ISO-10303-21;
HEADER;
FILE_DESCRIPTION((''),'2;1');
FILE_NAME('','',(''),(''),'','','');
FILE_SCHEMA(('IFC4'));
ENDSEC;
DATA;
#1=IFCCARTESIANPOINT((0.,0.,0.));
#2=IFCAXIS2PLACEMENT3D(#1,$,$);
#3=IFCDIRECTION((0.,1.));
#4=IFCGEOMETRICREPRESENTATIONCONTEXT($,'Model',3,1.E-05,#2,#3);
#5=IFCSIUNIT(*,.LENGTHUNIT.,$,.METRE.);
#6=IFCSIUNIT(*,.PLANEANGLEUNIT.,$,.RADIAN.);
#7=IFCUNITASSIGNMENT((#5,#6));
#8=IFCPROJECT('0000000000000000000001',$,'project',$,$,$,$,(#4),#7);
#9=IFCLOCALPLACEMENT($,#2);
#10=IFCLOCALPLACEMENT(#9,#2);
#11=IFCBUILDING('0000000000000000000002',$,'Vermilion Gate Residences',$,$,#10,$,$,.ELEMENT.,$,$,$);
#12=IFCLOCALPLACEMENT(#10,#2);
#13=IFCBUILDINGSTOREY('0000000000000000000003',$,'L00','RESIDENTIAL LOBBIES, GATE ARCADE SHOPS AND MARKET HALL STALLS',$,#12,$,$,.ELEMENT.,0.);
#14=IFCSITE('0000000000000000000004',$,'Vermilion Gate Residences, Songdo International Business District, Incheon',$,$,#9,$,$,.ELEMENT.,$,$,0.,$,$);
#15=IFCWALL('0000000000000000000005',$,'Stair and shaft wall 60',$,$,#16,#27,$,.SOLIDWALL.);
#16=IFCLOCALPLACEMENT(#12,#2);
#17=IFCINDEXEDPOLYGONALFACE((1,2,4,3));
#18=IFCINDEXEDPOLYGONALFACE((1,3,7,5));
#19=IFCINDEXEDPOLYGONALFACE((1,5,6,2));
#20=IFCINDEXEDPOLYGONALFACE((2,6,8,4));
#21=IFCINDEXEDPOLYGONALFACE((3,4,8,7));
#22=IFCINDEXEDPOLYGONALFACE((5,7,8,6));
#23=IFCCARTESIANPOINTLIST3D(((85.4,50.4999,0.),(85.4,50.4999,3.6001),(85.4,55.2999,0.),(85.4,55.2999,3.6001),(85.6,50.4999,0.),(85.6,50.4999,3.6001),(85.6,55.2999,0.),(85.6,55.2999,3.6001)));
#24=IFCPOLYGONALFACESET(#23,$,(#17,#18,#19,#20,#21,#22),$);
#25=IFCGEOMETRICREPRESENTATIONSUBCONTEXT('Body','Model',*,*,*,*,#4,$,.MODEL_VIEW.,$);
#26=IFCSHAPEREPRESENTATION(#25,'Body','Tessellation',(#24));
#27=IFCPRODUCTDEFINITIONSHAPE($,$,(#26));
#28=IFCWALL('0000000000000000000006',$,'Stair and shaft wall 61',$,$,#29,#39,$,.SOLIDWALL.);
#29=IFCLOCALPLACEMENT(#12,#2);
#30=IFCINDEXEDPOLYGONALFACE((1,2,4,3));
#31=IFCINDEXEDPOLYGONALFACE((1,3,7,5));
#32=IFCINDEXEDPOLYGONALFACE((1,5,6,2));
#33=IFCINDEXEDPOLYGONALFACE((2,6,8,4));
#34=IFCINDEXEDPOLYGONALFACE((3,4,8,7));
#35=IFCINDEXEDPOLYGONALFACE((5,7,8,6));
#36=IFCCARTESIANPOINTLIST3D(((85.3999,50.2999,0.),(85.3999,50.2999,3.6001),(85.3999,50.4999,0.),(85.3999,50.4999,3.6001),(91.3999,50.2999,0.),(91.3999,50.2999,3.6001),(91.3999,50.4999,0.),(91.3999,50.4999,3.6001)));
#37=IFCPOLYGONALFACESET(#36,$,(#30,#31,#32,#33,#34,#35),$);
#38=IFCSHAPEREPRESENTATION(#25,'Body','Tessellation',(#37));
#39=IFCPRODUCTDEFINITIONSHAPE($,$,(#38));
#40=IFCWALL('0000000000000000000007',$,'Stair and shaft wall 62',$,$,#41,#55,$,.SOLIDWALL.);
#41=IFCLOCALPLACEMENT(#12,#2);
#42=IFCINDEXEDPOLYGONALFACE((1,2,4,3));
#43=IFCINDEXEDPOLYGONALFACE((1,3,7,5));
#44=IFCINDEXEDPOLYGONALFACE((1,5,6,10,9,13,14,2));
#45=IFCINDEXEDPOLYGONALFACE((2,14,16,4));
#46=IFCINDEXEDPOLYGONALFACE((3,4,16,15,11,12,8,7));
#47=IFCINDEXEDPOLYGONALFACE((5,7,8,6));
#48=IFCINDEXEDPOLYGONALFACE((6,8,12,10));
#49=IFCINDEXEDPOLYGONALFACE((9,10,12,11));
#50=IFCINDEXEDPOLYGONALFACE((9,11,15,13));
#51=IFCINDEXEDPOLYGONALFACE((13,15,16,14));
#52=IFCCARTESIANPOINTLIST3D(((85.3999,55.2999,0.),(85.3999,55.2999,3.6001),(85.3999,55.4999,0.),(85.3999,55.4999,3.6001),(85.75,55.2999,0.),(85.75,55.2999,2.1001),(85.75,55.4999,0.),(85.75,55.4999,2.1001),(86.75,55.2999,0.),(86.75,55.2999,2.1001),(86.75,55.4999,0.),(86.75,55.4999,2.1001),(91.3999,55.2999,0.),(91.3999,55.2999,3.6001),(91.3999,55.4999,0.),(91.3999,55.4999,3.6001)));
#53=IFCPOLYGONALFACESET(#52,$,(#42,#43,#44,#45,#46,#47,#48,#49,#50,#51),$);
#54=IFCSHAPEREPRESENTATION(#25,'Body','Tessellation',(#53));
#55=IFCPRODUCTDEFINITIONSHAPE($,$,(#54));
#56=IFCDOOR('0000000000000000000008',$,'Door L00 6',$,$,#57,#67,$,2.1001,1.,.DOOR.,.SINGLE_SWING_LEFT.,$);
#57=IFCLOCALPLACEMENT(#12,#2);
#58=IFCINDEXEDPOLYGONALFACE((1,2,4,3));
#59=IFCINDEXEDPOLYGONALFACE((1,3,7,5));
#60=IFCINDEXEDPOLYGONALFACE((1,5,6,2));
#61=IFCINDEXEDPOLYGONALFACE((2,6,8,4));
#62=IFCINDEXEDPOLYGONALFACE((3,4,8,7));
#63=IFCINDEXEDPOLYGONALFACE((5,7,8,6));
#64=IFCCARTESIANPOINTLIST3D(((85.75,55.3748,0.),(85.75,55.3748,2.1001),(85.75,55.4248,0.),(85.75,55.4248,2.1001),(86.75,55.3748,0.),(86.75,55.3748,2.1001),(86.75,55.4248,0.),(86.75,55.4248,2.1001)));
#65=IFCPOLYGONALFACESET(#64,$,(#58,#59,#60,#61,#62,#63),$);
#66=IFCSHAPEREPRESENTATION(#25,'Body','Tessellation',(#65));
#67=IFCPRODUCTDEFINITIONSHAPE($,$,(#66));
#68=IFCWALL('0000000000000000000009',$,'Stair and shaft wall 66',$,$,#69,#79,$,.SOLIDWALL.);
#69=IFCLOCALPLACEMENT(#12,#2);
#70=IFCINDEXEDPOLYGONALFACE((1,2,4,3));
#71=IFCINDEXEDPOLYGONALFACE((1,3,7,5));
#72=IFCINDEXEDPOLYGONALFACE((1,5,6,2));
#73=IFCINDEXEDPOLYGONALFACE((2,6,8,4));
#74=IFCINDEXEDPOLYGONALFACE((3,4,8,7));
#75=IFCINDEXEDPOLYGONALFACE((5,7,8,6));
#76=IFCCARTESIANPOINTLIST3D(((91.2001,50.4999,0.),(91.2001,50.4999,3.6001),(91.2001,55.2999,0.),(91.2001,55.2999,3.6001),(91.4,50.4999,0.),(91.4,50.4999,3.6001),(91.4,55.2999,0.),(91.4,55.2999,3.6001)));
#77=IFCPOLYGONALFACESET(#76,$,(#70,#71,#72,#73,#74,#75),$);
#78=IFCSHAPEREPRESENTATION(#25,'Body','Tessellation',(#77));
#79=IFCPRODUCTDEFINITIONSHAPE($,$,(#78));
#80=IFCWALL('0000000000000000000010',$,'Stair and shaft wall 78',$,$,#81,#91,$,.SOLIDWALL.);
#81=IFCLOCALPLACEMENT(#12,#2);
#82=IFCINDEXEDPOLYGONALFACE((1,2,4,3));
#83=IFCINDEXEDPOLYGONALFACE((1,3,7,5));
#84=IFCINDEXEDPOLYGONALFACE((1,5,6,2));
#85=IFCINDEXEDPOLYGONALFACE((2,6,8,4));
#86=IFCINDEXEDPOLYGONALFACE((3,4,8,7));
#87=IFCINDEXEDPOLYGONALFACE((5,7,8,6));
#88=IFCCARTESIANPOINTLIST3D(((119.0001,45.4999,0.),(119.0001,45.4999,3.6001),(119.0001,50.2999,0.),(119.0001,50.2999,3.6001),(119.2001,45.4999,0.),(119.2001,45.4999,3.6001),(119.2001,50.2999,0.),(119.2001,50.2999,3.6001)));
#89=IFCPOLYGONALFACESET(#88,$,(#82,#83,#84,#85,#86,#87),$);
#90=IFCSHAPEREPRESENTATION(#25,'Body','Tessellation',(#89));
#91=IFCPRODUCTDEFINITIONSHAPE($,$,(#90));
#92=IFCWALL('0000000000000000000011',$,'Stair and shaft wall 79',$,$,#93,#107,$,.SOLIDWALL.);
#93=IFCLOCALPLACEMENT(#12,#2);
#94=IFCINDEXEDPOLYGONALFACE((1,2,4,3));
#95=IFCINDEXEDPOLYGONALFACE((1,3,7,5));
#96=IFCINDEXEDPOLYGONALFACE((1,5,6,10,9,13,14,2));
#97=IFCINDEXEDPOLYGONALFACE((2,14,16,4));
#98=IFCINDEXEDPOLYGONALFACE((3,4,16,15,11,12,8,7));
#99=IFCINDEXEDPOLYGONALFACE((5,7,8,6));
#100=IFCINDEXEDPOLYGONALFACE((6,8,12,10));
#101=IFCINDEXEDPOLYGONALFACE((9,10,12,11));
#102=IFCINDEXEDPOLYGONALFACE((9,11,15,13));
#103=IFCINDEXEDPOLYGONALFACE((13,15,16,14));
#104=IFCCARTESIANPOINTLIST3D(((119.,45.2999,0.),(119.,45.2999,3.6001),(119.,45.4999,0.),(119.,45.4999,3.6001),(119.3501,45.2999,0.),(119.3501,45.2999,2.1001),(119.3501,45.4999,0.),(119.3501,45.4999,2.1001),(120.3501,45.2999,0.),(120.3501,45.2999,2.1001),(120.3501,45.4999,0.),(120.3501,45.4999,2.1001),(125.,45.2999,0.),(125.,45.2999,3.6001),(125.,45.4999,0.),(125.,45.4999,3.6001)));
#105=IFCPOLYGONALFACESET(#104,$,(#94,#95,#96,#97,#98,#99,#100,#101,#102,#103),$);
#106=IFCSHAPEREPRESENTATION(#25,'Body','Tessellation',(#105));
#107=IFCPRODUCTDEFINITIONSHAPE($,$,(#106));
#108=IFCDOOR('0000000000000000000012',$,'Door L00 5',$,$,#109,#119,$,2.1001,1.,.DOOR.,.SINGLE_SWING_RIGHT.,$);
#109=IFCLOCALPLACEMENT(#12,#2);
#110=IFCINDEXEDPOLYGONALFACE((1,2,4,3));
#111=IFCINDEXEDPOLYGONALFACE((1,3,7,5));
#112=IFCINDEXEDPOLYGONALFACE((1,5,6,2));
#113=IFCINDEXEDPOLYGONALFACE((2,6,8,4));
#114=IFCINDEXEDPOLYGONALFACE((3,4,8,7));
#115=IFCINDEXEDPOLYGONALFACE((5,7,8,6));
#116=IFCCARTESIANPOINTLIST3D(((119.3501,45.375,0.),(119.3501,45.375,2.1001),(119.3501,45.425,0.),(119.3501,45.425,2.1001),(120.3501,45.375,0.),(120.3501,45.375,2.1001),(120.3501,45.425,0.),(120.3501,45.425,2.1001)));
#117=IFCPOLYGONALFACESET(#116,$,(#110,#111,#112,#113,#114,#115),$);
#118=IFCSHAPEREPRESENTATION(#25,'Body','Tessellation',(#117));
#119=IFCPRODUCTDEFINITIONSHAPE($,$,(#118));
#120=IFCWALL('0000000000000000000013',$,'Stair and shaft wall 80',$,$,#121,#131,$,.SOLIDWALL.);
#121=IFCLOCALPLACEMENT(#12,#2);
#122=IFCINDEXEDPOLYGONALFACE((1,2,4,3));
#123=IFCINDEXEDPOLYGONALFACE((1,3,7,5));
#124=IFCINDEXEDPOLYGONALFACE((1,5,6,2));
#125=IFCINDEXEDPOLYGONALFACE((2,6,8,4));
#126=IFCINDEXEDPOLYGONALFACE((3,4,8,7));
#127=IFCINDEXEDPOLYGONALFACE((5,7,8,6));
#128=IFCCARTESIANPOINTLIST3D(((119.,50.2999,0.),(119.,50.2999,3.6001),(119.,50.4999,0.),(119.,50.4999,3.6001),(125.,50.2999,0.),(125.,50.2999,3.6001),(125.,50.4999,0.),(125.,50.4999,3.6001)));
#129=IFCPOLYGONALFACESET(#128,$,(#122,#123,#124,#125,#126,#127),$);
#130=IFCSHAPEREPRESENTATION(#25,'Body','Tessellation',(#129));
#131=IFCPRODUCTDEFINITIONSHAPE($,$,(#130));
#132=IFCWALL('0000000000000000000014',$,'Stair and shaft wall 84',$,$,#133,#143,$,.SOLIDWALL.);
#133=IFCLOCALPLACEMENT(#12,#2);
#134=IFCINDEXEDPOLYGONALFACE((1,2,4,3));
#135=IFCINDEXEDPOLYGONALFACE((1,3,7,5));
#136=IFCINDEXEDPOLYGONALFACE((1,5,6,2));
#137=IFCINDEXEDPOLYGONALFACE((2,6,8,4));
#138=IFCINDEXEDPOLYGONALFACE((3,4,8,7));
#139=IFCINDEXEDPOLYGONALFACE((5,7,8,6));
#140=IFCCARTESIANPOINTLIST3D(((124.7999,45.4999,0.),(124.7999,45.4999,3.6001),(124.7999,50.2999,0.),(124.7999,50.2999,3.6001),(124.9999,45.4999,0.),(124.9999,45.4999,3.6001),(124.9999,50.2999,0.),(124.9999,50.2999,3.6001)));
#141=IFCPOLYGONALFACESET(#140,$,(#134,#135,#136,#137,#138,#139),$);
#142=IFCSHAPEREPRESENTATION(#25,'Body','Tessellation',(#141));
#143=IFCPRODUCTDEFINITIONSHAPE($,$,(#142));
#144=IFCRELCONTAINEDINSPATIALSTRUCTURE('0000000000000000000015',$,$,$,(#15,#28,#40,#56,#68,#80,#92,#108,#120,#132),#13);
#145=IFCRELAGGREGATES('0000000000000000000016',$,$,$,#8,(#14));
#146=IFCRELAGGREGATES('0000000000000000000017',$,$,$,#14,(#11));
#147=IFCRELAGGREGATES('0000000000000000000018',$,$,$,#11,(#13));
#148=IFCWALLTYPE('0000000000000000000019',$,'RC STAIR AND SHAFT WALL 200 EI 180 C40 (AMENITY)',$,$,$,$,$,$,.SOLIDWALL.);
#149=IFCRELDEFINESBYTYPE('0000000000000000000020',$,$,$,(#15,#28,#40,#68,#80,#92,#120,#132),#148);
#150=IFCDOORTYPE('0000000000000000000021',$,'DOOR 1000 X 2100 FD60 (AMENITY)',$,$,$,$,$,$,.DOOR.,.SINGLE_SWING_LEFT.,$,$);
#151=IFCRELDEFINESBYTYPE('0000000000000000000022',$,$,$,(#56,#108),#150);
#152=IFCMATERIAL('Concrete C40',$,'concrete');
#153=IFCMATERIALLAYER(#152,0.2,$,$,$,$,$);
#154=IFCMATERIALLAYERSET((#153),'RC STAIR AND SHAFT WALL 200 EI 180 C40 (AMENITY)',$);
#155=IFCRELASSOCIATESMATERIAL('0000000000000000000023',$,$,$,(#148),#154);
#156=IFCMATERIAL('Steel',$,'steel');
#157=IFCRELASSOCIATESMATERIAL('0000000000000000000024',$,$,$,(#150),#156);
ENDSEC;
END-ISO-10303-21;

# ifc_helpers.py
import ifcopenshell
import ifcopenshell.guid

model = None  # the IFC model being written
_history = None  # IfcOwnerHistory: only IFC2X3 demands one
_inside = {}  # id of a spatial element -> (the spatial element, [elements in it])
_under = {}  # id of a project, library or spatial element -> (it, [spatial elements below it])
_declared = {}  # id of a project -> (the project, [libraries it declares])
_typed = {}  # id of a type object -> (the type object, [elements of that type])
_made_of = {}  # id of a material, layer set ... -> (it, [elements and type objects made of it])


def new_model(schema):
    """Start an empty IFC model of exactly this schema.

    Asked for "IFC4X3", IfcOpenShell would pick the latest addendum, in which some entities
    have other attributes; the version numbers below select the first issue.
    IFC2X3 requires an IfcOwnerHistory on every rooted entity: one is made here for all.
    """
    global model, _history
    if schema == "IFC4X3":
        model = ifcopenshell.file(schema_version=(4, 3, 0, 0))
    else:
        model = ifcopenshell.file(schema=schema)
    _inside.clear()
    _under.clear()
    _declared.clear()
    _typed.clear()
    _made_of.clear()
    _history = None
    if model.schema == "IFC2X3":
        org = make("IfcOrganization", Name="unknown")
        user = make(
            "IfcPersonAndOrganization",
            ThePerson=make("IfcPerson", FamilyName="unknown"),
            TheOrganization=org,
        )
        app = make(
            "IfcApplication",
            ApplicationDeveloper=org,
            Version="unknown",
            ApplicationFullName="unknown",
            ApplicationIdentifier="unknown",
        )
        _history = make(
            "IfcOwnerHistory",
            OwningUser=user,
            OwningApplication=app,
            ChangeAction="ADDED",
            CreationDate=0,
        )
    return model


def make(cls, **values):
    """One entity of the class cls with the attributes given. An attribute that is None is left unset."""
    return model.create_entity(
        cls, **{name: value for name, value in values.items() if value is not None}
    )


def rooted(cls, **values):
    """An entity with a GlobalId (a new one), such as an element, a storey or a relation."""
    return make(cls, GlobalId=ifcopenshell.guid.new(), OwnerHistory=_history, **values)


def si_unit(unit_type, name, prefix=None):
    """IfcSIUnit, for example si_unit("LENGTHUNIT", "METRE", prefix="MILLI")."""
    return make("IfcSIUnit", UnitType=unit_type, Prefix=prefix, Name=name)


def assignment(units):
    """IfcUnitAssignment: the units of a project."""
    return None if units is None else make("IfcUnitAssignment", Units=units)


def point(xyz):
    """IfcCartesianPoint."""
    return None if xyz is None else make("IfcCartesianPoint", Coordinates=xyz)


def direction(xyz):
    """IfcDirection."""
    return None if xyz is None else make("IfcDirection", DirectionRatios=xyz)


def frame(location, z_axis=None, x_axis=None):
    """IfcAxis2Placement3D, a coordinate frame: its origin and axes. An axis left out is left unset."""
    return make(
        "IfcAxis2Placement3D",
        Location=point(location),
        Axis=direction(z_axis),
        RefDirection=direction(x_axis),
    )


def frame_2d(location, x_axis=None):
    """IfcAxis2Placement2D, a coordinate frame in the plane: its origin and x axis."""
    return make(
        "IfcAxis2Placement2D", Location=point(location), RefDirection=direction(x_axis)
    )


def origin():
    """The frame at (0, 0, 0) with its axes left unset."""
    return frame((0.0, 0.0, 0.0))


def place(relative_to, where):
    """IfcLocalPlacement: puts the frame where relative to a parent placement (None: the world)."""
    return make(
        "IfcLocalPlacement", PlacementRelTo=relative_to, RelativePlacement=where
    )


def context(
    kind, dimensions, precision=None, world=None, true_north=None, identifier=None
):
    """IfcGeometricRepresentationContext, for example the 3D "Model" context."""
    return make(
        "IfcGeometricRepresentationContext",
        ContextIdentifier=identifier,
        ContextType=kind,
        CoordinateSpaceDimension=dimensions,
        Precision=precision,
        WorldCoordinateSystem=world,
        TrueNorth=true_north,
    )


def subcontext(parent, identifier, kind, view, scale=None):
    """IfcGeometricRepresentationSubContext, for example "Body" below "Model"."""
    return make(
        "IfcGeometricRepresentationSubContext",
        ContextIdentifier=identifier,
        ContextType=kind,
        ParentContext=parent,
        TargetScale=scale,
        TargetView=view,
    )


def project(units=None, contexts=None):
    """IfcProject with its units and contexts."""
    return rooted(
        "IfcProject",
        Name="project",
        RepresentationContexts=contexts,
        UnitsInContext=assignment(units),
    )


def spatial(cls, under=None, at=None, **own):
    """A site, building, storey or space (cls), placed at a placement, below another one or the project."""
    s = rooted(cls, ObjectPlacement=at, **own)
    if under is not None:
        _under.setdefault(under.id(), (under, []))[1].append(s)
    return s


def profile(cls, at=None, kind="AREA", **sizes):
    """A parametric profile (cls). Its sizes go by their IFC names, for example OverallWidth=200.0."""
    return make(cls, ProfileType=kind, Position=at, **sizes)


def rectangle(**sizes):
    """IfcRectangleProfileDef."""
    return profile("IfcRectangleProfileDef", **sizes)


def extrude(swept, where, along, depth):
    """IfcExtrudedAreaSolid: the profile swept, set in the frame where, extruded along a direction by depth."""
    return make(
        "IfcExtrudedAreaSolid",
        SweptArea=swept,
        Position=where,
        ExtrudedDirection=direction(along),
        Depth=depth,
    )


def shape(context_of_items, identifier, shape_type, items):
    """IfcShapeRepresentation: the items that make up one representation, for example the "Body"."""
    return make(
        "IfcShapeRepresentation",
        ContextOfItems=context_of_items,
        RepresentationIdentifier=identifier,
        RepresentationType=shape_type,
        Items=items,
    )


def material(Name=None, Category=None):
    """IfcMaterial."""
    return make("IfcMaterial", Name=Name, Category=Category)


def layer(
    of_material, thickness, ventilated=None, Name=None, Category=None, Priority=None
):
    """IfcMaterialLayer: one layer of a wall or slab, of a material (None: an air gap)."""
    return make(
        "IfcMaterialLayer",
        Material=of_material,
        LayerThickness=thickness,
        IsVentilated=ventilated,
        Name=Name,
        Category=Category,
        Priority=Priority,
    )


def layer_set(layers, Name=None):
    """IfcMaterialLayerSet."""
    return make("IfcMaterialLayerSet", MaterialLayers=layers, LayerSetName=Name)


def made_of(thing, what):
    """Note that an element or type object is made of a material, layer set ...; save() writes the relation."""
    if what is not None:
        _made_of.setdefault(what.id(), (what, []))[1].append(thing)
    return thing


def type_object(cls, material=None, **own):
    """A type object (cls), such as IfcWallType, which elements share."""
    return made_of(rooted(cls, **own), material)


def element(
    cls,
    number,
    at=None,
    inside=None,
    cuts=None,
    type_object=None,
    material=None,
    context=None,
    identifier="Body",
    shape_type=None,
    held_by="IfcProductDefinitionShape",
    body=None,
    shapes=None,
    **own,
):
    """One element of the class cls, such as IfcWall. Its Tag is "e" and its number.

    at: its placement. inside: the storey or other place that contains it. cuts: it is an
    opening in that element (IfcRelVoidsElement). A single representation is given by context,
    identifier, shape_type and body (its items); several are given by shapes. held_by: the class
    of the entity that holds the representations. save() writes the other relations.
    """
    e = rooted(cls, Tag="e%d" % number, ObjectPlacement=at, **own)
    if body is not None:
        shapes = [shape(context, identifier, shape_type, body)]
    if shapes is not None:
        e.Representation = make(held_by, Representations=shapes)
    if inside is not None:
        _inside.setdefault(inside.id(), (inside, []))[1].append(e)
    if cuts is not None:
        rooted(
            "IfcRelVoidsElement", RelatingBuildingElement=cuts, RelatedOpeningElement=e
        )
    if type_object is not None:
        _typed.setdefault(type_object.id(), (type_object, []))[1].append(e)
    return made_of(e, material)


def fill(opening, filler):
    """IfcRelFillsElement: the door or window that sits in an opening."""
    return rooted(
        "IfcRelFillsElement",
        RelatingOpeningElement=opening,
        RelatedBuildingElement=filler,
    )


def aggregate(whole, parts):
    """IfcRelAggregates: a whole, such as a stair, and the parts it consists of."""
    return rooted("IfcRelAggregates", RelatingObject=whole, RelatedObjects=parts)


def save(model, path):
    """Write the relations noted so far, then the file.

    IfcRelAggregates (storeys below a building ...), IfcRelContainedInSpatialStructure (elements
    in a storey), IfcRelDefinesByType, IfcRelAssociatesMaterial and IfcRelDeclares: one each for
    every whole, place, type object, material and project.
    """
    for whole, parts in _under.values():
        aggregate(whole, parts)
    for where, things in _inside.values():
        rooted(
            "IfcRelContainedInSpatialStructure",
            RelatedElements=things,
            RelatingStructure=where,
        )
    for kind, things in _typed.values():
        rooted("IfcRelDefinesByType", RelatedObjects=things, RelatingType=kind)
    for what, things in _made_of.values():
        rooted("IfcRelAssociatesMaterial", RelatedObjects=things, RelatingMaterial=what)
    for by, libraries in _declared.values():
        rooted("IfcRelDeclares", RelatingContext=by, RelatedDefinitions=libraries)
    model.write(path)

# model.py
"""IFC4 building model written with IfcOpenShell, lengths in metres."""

from ifc_helpers import new_model, si_unit, direction, frame, frame_2d, origin, place, context, subcontext, project, spatial, rectangle, extrude, material, layer, layer_set, type_object, element, fill, save


model = new_model("IFC4")

# Units and contexts
model_context = context("Model", 3, precision=1e-05, world=origin(), true_north=direction((0.0, 1.0)))
body_context = subcontext(model_context, "Body", "Model", "MODEL_VIEW")
ifc_project = project(units=[si_unit("LENGTHUNIT", "METRE"), si_unit("PLANEANGLEUNIT", "RADIAN")], contexts=[model_context])

# Site, building, storey
site_placement = place(None, origin())
site = spatial("IfcSite", under=ifc_project, at=site_placement, Name="Vermilion Gate Residences, Songdo International Business District, Incheon", CompositionType="ELEMENT", RefElevation=0.0)
building_placement = place(site_placement, origin())
building = spatial("IfcBuilding", under=site, at=building_placement, Name="Vermilion Gate Residences", CompositionType="ELEMENT")
storey_placement = place(building_placement, origin())
storey = spatial("IfcBuildingStorey", under=building, at=storey_placement, Name="L00", Description="RESIDENTIAL LOBBIES, GATE ARCADE SHOPS AND MARKET HALL STALLS", CompositionType="ELEMENT", Elevation=0.0)

# Walls
ifc_material_1 = material(Name="Concrete C40", Category="concrete")
ifc_layer = layer(ifc_material_1, 0.2)
ifc_layer_set = layer_set([ifc_layer], Name="RC STAIR AND SHAFT WALL 200 EI 180 C40 (AMENITY)")
wall_type = type_object("IfcWallType", Name="RC STAIR AND SHAFT WALL 200 EI 180 C40 (AMENITY)", PredefinedType="SOLIDWALL", material=ifc_layer_set)
wall_1_placement = place(storey_placement, frame((85.5, 50.5, 0.0), z_axis=(0.0, 0.0, 1.0), x_axis=(0.0, 1.0, 0.0)))
element("IfcWall", 1, at=wall_1_placement, inside=storey, type_object=wall_type, Name="Stair and shaft wall 60", PredefinedType="SOLIDWALL", context=body_context, shape_type="SweptSolid", body=[
    extrude(rectangle(XDim=4.8, YDim=0.2, at=frame_2d((2.3999, 0.0))), origin(), (0.0, 0.0, 1.0), 3.6001),
])
wall_2_placement = place(storey_placement, frame((85.3999, 50.3999, 0.0), z_axis=(0.0, 0.0, 1.0), x_axis=(1.0, 0.0, 0.0)))
element("IfcWall", 2, at=wall_2_placement, inside=storey, type_object=wall_type, Name="Stair and shaft wall 61", PredefinedType="SOLIDWALL", context=body_context, shape_type="SweptSolid", body=[
    extrude(rectangle(XDim=6.0, YDim=0.2, at=frame_2d((3.0, 0.0))), origin(), (0.0, 0.0, 1.0), 3.6001),
])

# Wall, opening, door
wall_3_placement = place(storey_placement, frame((85.3999, 55.3999, 0.0), z_axis=(0.0, 0.0, 1.0), x_axis=(1.0, 0.0, 0.0)))
wall_3 = element("IfcWall", 3, at=wall_3_placement, inside=storey, type_object=wall_type, Name="Stair and shaft wall 62", PredefinedType="SOLIDWALL", context=body_context, shape_type="SweptSolid", body=[
    extrude(rectangle(XDim=6.0, YDim=0.2, at=frame_2d((3.0, 0.0))), origin(), (0.0, 0.0, 1.0), 3.6001),
])
opening_1_placement = place(wall_3_placement, frame((0.3501, 0.0, 0.0)))
opening_1 = element("IfcOpeningElement", 4, at=opening_1_placement, cuts=wall_3, PredefinedType="OPENING", context=body_context, shape_type="SweptSolid", body=[
    extrude(rectangle(XDim=1.0, YDim=2.1001, at=frame_2d((0.5, 1.05))), frame((0.0, 0.1099, 0.0), z_axis=(0.0, -1.0, 0.0), x_axis=(1.0, 0.0, 0.0)), (0.0, 0.0, 1.0), 0.22),
])
ifc_material_2 = material(Name="Steel", Category="steel")
door_type = type_object("IfcDoorType", Name="DOOR 1000 X 2100 FD60 (AMENITY)", OperationType="SINGLE_SWING_LEFT", PredefinedType="DOOR", material=ifc_material_2)
door_1_placement = place(opening_1_placement, origin())
door_1 = element("IfcDoor", 5, at=door_1_placement, inside=storey, type_object=door_type, Name="Door L00 6", OperationType="SINGLE_SWING_LEFT", OverallHeight=2.1001, OverallWidth=1.0, PredefinedType="DOOR", context=body_context, shape_type="SweptSolid", body=[
    extrude(rectangle(XDim=1.0, YDim=2.1001, at=frame_2d((0.5, 1.05))), frame((0.0, 0.0249, 0.0), z_axis=(0.0, -1.0, 0.0), x_axis=(1.0, 0.0, 0.0)), (0.0, 0.0, 1.0), 0.05),
])
fill(opening_1, door_1)

# Walls
for number, where, z_axis, x_axis, name in (
    (6, (91.3, 50.5, 0.0), (0.0, 0.0, 1.0), (0.0, 1.0, 0.0), "Stair and shaft wall 66"),
    (7, (119.1001, 45.5, 0.0), (0.0, 0.0, 1.0), (0.0, 1.0, 0.0), "Stair and shaft wall 78"),
):
    element("IfcWall", number, at=place(storey_placement, frame(where, z_axis=z_axis, x_axis=x_axis)), inside=storey, type_object=wall_type, Name=name, PredefinedType="SOLIDWALL", context=body_context, shape_type="SweptSolid", body=[
        extrude(rectangle(XDim=4.8, YDim=0.2, at=frame_2d((2.3999, 0.0))), origin(), (0.0, 0.0, 1.0), 3.6001),
    ])

# Wall, opening, door
wall_4_placement = place(storey_placement, frame((119.0, 45.3999, 0.0), z_axis=(0.0, 0.0, 1.0), x_axis=(1.0, 0.0, 0.0)))
wall_4 = element("IfcWall", 8, at=wall_4_placement, inside=storey, type_object=wall_type, Name="Stair and shaft wall 79", PredefinedType="SOLIDWALL", context=body_context, shape_type="SweptSolid", body=[
    extrude(rectangle(XDim=6.0, YDim=0.2, at=frame_2d((3.0, 0.0))), origin(), (0.0, 0.0, 1.0), 3.6001),
])
opening_2_placement = place(wall_4_placement, frame((0.3501, 0.0, 0.0)))
opening_2 = element("IfcOpeningElement", 9, at=opening_2_placement, cuts=wall_4, PredefinedType="OPENING", context=body_context, shape_type="SweptSolid", body=[
    extrude(rectangle(XDim=1.0, YDim=2.1001, at=frame_2d((0.5, 1.05))), frame((0.0, 0.1099, 0.0), z_axis=(0.0, -1.0, 0.0), x_axis=(1.0, 0.0, 0.0)), (0.0, 0.0, 1.0), 0.22),
])
door_2_placement = place(opening_2_placement, frame((1.0, 0.0, 0.0), z_axis=(0.0, 0.0, 1.0), x_axis=(-1.0, 0.0, 0.0)))
door_2 = element("IfcDoor", 10, at=door_2_placement, inside=storey, type_object=door_type, Name="Door L00 5", OperationType="SINGLE_SWING_RIGHT", OverallHeight=2.1001, OverallWidth=1.0, PredefinedType="DOOR", context=body_context, shape_type="SweptSolid", body=[
    extrude(rectangle(XDim=1.0, YDim=2.1001, at=frame_2d((0.5, 1.05))), frame((0.0, 0.0249, 0.0), z_axis=(0.0, -1.0, 0.0), x_axis=(1.0, 0.0, 0.0)), (0.0, 0.0, 1.0), 0.05),
])
fill(opening_2, door_2)

# Walls
wall_5_placement = place(storey_placement, frame((119.0, 50.3999, 0.0), z_axis=(0.0, 0.0, 1.0), x_axis=(1.0, 0.0, 0.0)))
element("IfcWall", 11, at=wall_5_placement, inside=storey, type_object=wall_type, Name="Stair and shaft wall 80", PredefinedType="SOLIDWALL", context=body_context, shape_type="SweptSolid", body=[
    extrude(rectangle(XDim=6.0, YDim=0.2, at=frame_2d((3.0, 0.0))), origin(), (0.0, 0.0, 1.0), 3.6001),
])
wall_6_placement = place(storey_placement, frame((124.8999, 45.5, 0.0), z_axis=(0.0, 0.0, 1.0), x_axis=(0.0, 1.0, 0.0)))
element("IfcWall", 12, at=wall_6_placement, inside=storey, type_object=wall_type, Name="Stair and shaft wall 84", PredefinedType="SOLIDWALL", context=body_context, shape_type="SweptSolid", body=[
    extrude(rectangle(XDim=4.8, YDim=0.2, at=frame_2d((2.3999, 0.0))), origin(), (0.0, 0.0, 1.0), 3.6001),
])

save(model, "model.ifc")
